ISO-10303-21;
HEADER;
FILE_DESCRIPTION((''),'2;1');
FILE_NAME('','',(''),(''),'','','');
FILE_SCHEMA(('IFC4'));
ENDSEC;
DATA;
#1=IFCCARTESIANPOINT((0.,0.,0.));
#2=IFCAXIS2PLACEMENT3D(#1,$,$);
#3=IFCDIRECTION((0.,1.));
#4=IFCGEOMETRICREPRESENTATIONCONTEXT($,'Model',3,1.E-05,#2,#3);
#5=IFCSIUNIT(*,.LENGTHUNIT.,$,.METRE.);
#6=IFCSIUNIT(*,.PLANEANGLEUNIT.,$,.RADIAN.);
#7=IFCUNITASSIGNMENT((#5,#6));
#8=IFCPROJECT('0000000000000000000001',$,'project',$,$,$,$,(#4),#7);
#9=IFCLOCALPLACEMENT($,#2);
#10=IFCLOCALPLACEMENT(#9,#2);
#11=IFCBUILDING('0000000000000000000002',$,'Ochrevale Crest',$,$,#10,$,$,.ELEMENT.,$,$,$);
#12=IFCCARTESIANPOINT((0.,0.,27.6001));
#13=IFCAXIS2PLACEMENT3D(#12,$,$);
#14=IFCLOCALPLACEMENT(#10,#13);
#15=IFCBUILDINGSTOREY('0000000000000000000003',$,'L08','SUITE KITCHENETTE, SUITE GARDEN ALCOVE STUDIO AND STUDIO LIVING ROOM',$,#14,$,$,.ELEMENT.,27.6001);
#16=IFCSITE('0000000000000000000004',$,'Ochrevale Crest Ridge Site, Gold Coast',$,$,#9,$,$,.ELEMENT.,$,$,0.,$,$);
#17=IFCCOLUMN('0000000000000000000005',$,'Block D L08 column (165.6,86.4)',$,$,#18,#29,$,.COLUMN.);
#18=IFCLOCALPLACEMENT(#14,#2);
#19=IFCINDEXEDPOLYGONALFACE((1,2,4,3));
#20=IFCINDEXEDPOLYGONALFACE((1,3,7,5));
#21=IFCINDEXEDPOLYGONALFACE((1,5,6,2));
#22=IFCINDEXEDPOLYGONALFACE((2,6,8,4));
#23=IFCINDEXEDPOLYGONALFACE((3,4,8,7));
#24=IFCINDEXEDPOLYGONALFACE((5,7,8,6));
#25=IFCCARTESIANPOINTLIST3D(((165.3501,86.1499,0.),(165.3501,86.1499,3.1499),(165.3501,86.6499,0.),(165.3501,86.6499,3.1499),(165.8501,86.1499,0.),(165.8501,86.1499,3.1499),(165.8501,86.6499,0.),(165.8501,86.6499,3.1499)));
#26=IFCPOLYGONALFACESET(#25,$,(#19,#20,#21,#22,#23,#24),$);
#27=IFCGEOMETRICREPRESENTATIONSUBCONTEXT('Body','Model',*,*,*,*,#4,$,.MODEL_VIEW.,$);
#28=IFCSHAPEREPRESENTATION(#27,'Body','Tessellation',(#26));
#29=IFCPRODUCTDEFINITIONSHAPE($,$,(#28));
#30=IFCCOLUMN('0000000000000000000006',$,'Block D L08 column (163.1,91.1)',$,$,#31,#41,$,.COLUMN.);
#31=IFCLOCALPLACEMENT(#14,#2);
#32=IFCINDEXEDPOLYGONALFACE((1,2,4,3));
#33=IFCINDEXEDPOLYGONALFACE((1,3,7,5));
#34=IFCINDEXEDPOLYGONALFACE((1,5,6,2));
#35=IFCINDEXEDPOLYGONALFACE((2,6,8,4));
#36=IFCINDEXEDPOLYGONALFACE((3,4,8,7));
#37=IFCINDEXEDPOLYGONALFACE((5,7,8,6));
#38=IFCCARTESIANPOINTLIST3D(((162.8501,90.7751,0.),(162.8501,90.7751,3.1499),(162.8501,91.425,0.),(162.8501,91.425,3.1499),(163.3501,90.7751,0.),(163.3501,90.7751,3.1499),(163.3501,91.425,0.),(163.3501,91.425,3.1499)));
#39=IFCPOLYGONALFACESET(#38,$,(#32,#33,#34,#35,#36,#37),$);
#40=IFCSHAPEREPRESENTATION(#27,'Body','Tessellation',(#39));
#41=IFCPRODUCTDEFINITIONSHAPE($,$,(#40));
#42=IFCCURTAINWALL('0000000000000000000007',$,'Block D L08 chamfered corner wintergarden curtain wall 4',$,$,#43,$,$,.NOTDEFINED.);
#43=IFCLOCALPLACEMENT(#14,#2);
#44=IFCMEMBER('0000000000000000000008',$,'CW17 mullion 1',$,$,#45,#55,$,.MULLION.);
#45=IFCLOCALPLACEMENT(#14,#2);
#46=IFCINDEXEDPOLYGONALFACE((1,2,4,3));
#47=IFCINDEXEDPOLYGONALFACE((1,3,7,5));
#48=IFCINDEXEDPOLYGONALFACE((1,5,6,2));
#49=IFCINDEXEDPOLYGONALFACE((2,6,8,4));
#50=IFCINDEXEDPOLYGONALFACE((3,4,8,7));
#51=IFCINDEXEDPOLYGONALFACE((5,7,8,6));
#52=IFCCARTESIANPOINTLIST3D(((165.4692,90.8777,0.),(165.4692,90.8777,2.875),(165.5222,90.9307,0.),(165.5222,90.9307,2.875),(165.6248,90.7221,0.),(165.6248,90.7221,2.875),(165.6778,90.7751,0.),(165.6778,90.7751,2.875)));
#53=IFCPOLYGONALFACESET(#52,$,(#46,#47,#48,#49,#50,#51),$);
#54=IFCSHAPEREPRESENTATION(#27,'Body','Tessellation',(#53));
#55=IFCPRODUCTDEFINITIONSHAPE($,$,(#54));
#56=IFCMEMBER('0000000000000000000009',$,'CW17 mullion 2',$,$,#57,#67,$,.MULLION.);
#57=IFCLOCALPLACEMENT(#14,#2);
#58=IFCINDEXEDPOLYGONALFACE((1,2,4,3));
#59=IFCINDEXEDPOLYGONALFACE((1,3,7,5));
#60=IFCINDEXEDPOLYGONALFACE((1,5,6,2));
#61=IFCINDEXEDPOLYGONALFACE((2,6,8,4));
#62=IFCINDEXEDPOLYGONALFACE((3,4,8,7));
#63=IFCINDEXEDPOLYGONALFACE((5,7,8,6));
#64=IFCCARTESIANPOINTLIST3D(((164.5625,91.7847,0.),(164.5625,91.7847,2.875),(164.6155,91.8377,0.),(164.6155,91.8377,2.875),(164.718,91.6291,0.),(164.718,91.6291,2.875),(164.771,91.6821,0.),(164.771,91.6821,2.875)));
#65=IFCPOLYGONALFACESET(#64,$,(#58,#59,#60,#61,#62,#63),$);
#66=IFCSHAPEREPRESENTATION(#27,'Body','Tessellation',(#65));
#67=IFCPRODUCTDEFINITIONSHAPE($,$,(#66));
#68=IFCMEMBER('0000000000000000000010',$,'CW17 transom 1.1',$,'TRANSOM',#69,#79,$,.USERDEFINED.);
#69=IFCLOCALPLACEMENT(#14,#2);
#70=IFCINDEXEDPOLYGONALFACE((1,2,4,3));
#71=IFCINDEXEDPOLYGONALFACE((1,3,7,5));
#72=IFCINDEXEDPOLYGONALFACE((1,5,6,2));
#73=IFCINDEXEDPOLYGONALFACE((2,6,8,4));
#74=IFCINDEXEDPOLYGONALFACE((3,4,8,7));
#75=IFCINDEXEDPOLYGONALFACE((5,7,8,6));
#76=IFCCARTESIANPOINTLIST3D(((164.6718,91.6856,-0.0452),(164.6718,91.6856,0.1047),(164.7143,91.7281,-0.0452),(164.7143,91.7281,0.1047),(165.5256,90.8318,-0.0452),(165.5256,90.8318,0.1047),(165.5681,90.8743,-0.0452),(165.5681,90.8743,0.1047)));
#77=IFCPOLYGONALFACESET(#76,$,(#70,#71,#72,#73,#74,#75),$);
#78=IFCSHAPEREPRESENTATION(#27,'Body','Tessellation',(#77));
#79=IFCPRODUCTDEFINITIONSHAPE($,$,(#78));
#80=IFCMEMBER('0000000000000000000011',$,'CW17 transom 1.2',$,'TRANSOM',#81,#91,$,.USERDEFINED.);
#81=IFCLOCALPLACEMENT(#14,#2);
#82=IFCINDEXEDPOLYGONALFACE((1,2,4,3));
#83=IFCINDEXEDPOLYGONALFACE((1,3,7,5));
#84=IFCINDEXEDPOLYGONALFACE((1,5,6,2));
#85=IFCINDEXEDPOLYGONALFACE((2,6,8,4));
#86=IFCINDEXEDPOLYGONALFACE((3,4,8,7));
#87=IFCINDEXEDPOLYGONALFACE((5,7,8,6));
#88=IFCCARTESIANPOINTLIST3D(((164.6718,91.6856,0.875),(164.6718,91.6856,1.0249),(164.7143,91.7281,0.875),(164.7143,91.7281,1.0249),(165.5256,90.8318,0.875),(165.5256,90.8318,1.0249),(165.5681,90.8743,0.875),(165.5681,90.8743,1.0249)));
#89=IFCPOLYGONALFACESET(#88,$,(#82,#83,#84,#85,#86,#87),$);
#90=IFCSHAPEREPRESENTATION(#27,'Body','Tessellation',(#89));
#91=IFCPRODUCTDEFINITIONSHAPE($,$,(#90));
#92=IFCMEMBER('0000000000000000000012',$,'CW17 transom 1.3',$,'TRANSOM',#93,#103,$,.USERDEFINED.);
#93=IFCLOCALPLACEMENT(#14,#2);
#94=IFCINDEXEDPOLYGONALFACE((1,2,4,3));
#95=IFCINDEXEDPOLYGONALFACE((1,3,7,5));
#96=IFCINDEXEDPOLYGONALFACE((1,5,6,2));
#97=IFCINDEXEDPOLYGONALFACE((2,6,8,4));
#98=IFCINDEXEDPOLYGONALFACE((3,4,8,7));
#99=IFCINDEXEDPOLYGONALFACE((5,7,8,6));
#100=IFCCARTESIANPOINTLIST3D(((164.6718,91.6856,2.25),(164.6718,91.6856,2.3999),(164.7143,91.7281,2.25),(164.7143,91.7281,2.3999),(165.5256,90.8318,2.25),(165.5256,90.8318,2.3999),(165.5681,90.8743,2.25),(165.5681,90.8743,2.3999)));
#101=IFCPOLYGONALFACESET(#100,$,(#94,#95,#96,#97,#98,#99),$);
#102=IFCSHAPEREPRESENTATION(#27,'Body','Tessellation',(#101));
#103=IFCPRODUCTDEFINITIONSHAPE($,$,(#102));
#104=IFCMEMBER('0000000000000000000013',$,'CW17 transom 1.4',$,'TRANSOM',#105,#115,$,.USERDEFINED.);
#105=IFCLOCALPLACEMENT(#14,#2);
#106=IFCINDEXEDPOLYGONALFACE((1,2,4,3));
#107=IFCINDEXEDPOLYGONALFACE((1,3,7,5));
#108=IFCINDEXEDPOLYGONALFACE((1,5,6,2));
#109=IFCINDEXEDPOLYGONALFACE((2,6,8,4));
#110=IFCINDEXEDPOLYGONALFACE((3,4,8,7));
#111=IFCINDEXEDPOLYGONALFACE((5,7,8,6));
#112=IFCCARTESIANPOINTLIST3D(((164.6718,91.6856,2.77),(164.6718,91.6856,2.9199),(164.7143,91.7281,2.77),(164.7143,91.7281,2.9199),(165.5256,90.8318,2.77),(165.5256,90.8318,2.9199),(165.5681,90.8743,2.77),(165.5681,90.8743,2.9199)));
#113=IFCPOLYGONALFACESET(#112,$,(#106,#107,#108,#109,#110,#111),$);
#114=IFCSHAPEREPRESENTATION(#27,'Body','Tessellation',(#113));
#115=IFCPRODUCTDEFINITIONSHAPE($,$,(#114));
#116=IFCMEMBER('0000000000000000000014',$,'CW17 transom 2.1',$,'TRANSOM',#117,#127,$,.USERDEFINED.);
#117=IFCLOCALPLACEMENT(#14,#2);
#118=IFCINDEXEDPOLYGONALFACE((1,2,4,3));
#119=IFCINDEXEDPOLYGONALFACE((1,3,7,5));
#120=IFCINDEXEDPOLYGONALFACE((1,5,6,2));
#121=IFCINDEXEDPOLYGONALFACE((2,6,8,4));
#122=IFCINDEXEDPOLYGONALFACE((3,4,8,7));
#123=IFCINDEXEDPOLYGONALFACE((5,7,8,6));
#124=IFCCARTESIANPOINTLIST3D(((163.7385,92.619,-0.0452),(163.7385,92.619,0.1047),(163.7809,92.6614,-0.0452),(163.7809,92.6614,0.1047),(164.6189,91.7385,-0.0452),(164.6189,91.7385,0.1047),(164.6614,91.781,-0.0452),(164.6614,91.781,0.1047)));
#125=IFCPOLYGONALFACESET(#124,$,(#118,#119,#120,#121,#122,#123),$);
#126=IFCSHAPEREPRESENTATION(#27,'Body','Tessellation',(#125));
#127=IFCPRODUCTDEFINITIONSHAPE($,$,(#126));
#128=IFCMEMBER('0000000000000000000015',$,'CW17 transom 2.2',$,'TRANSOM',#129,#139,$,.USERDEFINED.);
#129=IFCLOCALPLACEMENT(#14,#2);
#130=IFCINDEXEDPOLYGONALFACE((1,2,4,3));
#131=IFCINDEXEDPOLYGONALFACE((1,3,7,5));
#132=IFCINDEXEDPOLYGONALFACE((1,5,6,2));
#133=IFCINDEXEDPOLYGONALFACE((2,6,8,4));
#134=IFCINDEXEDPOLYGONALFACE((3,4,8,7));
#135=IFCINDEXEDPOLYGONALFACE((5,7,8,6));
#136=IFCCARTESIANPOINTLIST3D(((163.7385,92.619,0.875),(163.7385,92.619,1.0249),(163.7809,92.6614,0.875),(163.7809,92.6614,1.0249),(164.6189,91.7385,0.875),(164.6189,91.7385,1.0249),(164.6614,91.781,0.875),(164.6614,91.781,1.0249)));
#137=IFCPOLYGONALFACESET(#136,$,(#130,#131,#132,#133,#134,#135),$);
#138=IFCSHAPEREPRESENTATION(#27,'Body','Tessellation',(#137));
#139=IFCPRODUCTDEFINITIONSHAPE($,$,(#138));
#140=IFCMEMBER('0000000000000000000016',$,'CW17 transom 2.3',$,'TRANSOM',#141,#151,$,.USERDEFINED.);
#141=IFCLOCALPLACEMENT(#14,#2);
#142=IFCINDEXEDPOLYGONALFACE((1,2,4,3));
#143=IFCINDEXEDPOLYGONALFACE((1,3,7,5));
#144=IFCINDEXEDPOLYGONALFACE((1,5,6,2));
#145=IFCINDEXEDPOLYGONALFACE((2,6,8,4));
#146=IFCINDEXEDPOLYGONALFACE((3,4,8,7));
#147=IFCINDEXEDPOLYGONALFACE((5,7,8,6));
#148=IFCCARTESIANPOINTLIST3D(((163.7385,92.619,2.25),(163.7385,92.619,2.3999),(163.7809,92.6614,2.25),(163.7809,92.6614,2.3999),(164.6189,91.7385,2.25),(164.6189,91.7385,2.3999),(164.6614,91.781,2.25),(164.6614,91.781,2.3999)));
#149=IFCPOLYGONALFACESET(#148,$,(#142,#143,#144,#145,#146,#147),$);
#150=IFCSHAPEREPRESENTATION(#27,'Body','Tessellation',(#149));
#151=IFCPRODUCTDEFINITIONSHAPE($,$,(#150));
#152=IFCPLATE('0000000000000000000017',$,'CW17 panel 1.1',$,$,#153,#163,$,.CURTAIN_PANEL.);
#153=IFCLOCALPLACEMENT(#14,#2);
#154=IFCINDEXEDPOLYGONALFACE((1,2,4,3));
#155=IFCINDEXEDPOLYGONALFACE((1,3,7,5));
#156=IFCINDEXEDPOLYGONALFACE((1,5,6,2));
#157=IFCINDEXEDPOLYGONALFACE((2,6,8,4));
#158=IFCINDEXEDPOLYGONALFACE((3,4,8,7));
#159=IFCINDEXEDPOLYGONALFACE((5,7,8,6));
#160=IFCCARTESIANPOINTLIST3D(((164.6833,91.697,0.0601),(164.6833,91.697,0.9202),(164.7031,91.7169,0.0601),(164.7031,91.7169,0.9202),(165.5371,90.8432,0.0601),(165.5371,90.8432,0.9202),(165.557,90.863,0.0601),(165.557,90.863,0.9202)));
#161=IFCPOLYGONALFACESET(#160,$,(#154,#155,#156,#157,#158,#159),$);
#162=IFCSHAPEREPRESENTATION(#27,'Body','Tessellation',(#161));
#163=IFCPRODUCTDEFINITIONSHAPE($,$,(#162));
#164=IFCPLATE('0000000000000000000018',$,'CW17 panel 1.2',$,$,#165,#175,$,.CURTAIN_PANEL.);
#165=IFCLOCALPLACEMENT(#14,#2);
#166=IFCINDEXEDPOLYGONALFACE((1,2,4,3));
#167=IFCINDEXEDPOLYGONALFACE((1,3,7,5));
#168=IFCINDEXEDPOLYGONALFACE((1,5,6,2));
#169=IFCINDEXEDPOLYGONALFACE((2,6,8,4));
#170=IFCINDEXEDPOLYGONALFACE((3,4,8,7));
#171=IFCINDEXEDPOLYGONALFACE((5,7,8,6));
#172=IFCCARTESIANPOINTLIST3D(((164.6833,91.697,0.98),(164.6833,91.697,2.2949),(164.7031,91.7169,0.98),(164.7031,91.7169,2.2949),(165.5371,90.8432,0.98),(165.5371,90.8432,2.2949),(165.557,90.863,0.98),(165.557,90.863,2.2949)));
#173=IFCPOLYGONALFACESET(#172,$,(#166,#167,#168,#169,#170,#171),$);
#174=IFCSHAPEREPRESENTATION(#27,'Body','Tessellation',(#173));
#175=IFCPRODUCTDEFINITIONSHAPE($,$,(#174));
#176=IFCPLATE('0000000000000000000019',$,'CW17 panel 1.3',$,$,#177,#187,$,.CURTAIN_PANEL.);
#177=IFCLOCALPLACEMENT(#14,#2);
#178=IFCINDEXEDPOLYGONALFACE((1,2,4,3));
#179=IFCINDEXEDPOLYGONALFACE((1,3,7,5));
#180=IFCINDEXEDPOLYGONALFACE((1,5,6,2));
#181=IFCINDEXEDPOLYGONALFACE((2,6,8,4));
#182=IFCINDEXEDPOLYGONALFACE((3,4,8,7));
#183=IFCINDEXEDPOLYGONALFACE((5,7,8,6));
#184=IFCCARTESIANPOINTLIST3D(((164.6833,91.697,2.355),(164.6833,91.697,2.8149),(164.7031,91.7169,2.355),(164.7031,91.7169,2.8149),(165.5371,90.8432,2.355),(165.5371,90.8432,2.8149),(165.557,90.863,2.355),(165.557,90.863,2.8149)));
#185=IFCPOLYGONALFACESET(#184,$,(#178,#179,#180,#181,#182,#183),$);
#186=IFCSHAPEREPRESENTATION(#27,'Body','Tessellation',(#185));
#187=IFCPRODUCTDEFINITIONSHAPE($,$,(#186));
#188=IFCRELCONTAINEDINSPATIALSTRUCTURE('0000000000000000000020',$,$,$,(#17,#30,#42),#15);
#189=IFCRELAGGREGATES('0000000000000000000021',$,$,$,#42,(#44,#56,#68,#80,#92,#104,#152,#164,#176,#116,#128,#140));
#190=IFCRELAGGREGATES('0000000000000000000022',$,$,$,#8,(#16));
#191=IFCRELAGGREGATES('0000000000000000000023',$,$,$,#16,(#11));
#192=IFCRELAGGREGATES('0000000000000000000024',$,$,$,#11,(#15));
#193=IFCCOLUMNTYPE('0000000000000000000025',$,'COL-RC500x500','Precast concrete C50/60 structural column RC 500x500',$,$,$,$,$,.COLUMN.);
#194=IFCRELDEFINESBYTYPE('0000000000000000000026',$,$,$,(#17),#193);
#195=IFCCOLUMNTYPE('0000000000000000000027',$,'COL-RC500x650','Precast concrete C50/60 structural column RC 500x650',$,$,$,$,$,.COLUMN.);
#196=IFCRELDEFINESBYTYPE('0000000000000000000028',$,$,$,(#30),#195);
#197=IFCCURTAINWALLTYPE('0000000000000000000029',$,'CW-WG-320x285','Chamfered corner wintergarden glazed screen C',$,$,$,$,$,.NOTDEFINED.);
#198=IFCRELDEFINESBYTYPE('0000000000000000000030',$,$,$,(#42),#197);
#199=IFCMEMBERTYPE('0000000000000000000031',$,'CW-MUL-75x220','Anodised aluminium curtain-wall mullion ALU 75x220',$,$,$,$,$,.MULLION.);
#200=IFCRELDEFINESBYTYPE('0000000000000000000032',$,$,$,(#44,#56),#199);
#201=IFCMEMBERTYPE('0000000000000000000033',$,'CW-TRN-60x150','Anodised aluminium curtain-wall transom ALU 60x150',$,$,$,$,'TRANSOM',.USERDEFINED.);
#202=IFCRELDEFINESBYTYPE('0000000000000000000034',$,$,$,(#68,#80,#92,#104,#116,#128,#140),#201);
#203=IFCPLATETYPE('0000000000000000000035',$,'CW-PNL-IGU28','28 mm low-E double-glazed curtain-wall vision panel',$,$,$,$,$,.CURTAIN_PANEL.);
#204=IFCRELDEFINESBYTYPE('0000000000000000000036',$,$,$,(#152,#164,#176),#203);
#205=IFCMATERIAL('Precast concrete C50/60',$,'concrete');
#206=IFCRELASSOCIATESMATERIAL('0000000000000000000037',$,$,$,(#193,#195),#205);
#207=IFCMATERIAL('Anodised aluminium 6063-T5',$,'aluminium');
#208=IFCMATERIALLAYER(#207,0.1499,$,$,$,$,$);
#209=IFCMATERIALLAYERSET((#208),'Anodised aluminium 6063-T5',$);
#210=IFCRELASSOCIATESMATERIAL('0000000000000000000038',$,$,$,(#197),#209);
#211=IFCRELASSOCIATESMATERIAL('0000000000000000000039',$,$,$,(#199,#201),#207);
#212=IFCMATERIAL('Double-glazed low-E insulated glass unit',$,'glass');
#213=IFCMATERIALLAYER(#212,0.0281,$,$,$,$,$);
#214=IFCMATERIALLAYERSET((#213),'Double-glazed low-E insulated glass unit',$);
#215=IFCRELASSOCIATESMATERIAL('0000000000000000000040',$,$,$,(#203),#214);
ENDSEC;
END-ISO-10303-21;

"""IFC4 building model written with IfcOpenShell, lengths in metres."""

from ifc_helpers import new_model, si_unit, direction, frame, origin, origin_2d, place, context, subcontext, project, spatial, rectangle, extrude, material, layer, layer_set, material_profile, profile_set, type_object, element, aggregate, save


model = new_model("IFC4")

# Units and contexts
model_context = context("Model", 3, precision=1e-05, world=origin(), true_north=direction((0.0, 1.0)))
body_context = subcontext(model_context, "Body", "Model", "MODEL_VIEW")
ifc_project = project(units=[si_unit("LENGTHUNIT", "METRE"), si_unit("PLANEANGLEUNIT", "RADIAN")], contexts=[model_context])

# Site, building, storey
site_placement = place(None, origin())
site = spatial("IfcSite", under=ifc_project, at=site_placement, Name="Ochrevale Crest Ridge Site, Gold Coast", CompositionType="ELEMENT", RefElevation=0.0)
building_placement = place(site_placement, origin())
building = spatial("IfcBuilding", under=site, at=building_placement, Name="Ochrevale Crest", CompositionType="ELEMENT")
storey_placement = place(building_placement, frame((0.0, 0.0, 27.6001)))
storey = spatial("IfcBuildingStorey", under=building, at=storey_placement, Name="L08", Description="SUITE KITCHENETTE, SUITE GARDEN ALCOVE STUDIO AND STUDIO LIVING ROOM", CompositionType="ELEMENT", Elevation=27.6001)

# Columns
ifc_material_1 = material(Name="Precast concrete C50/60", Category="concrete")
ifc_material_profile_1 = material_profile(ifc_material_1, rectangle(XDim=0.5, YDim=0.5, at=origin_2d()), Name="RC 500x500")
ifc_profile_set_1 = profile_set([ifc_material_profile_1], Name="Precast concrete C50/60")
column_type_1 = type_object("IfcColumnType", Name="COL-RC500x500", Description="Precast concrete C50/60 structural column RC 500x500", PredefinedType="COLUMN", material=ifc_profile_set_1)
column_1_placement = place(storey_placement, frame((165.6001, 86.3999, 0.0), z_axis=(0.0, 0.0, 1.0), x_axis=(1.0, 0.0, 0.0)))
element("IfcColumn", 1, at=column_1_placement, inside=storey, type_object=column_type_1, Name="Block D L08 column (165.6,86.4)", PredefinedType="COLUMN", context=body_context, shape_type="SweptSolid", body=[
    extrude(rectangle(XDim=0.5, YDim=0.5, at=origin_2d()), origin(), (0.0, 0.0, 1.0), 3.1499),
])
ifc_material_profile_2 = material_profile(ifc_material_1, rectangle(XDim=0.5, YDim=0.6499, at=origin_2d()), Name="RC 500x650")
ifc_profile_set_2 = profile_set([ifc_material_profile_2], Name="Precast concrete C50/60")
column_type_2 = type_object("IfcColumnType", Name="COL-RC500x650", Description="Precast concrete C50/60 structural column RC 500x650", PredefinedType="COLUMN", material=ifc_profile_set_2)
column_2_placement = place(storey_placement, frame((163.1001, 91.1001, 0.0), z_axis=(0.0, 0.0, 1.0), x_axis=(1.0, 0.0, 0.0)))
element("IfcColumn", 2, at=column_2_placement, inside=storey, type_object=column_type_2, Name="Block D L08 column (163.1,91.1)", PredefinedType="COLUMN", context=body_context, shape_type="SweptSolid", body=[
    extrude(rectangle(XDim=0.5, YDim=0.6499, at=origin_2d()), origin(), (0.0, 0.0, 1.0), 3.1499),
])

# Curtain wall, members, plates
ifc_material_2 = material(Name="Anodised aluminium 6063-T5", Category="aluminium")
ifc_layer_1 = layer(ifc_material_2, 0.1499)
ifc_layer_set_1 = layer_set([ifc_layer_1], Name="Anodised aluminium 6063-T5")
curtain_wall_type = type_object("IfcCurtainWallType", Name="CW-WG-320x285", Description="Chamfered corner wintergarden glazed screen C", PredefinedType="NOTDEFINED", material=ifc_layer_set_1)
curtain_wall_placement = place(storey_placement, origin())
curtain_wall = element("IfcCurtainWall", 3, at=curtain_wall_placement, inside=storey, type_object=curtain_wall_type, Name="Block D L08 chamfered corner wintergarden curtain wall 4", PredefinedType="NOTDEFINED")
ifc_material_profile_3 = material_profile(ifc_material_2, rectangle(XDim=0.075, YDim=0.22, at=origin_2d()), Name="ALU 75x220")
ifc_profile_set_3 = profile_set([ifc_material_profile_3], Name="Anodised aluminium 6063-T5")
member_type_1 = type_object("IfcMemberType", Name="CW-MUL-75x220", Description="Anodised aluminium curtain-wall mullion ALU 75x220", PredefinedType="MULLION", material=ifc_profile_set_3)
member_1_placement = place(storey_placement, frame((165.5735, 90.8264, 0.0), z_axis=(0.0, 0.0, 1.0), x_axis=(-0.707107, -0.707107, 0.0)))
member_1 = element("IfcMember", 4, at=member_1_placement, type_object=member_type_1, Name="CW17 mullion 1", PredefinedType="MULLION", context=body_context, shape_type="SweptSolid", body=[
    extrude(rectangle(XDim=0.075, YDim=0.22, at=origin_2d()), origin(), (0.0, 0.0, 1.0), 2.875),
])
member_2_placement = place(storey_placement, frame((164.6667, 91.7334, 0.0), z_axis=(0.0, 0.0, 1.0), x_axis=(-0.707107, -0.707107, 0.0)))
member_2 = element("IfcMember", 5, at=member_2_placement, type_object=member_type_1, Name="CW17 mullion 2", PredefinedType="MULLION", context=body_context, shape_type="SweptSolid", body=[
    extrude(rectangle(XDim=0.075, YDim=0.22, at=origin_2d()), origin(), (0.0, 0.0, 1.0), 2.875),
])
ifc_material_profile_4 = material_profile(ifc_material_2, rectangle(XDim=0.0601, YDim=0.1499, at=origin_2d()), Name="ALU 60x150")
ifc_profile_set_4 = profile_set([ifc_material_profile_4], Name="Anodised aluminium 6063-T5")
member_type_2 = type_object("IfcMemberType", Name="CW-TRN-60x150", Description="Anodised aluminium curtain-wall transom ALU 60x150", ElementType="TRANSOM", PredefinedType="USERDEFINED", material=ifc_profile_set_4)
member_3_placement = place(storey_placement, frame((165.5469, 90.853, 0.0298), z_axis=(-0.707107, 0.707107, 0.0), x_axis=(-0.707107, -0.707107, 0.0)))
member_3 = element("IfcMember", 6, at=member_3_placement, type_object=member_type_2, Name="CW17 transom 1.1", ObjectType="TRANSOM", PredefinedType="USERDEFINED", context=body_context, shape_type="SweptSolid", body=[
    extrude(rectangle(XDim=0.0601, YDim=0.1499, at=origin_2d()), origin(), (0.0, 0.0, 1.0), 1.2075),
])
member_4_placement = place(storey_placement, frame((165.5469, 90.853, 0.95), z_axis=(-0.707107, 0.707107, 0.0), x_axis=(-0.707107, -0.707107, 0.0)))
member_4 = element("IfcMember", 7, at=member_4_placement, type_object=member_type_2, Name="CW17 transom 1.2", ObjectType="TRANSOM", PredefinedType="USERDEFINED", context=body_context, shape_type="SweptSolid", body=[
    extrude(rectangle(XDim=0.0601, YDim=0.1499, at=origin_2d()), origin(), (0.0, 0.0, 1.0), 1.2075),
])
member_5_placement = place(storey_placement, frame((165.5469, 90.853, 2.325), z_axis=(-0.707107, 0.707107, 0.0), x_axis=(-0.707107, -0.707107, 0.0)))
member_5 = element("IfcMember", 8, at=member_5_placement, type_object=member_type_2, Name="CW17 transom 1.3", ObjectType="TRANSOM", PredefinedType="USERDEFINED", context=body_context, shape_type="SweptSolid", body=[
    extrude(rectangle(XDim=0.0601, YDim=0.1499, at=origin_2d()), origin(), (0.0, 0.0, 1.0), 1.2075),
])
member_6_placement = place(storey_placement, frame((165.5469, 90.853, 2.845), z_axis=(-0.707107, 0.707107, 0.0), x_axis=(-0.707107, -0.707107, 0.0)))
member_6 = element("IfcMember", 9, at=member_6_placement, type_object=member_type_2, Name="CW17 transom 1.4", ObjectType="TRANSOM", PredefinedType="USERDEFINED", context=body_context, shape_type="SweptSolid", body=[
    extrude(rectangle(XDim=0.0601, YDim=0.1499, at=origin_2d()), origin(), (0.0, 0.0, 1.0), 1.2075),
])
member_7_placement = place(storey_placement, frame((164.6401, 91.7598, 0.0298), z_axis=(-0.707107, 0.707107, 0.0), x_axis=(-0.707107, -0.707107, 0.0)))
member_7 = element("IfcMember", 10, at=member_7_placement, type_object=member_type_2, Name="CW17 transom 2.1", ObjectType="TRANSOM", PredefinedType="USERDEFINED", context=body_context, shape_type="SweptSolid", body=[
    extrude(rectangle(XDim=0.0601, YDim=0.1499, at=origin_2d()), origin(), (0.0, 0.0, 1.0), 1.2451),
])
member_8_placement = place(storey_placement, frame((164.6401, 91.7598, 0.95), z_axis=(-0.707107, 0.707107, 0.0), x_axis=(-0.707107, -0.707107, 0.0)))
member_8 = element("IfcMember", 11, at=member_8_placement, type_object=member_type_2, Name="CW17 transom 2.2", ObjectType="TRANSOM", PredefinedType="USERDEFINED", context=body_context, shape_type="SweptSolid", body=[
    extrude(rectangle(XDim=0.0601, YDim=0.1499, at=origin_2d()), origin(), (0.0, 0.0, 1.0), 1.2451),
])
member_9_placement = place(storey_placement, frame((164.6401, 91.7598, 2.325), z_axis=(-0.707107, 0.707107, 0.0), x_axis=(-0.707107, -0.707107, 0.0)))
member_9 = element("IfcMember", 12, at=member_9_placement, type_object=member_type_2, Name="CW17 transom 2.3", ObjectType="TRANSOM", PredefinedType="USERDEFINED", context=body_context, shape_type="SweptSolid", body=[
    extrude(rectangle(XDim=0.0601, YDim=0.1499, at=origin_2d()), origin(), (0.0, 0.0, 1.0), 1.2451),
])
ifc_material_3 = material(Name="Double-glazed low-E insulated glass unit", Category="glass")
ifc_layer_2 = layer(ifc_material_3, 0.0281)
ifc_layer_set_2 = layer_set([ifc_layer_2], Name="Double-glazed low-E insulated glass unit")
plate_type = type_object("IfcPlateType", Name="CW-PNL-IGU28", Description="28 mm low-E double-glazed curtain-wall vision panel", PredefinedType="CURTAIN_PANEL", material=ifc_layer_set_2)
plate_1_placement = place(storey_placement, frame((165.1201, 91.28, 0.0601), z_axis=(0.0, 0.0, 1.0), x_axis=(-0.707107, 0.707107, 0.0)))
plate_1 = element("IfcPlate", 13, at=plate_1_placement, type_object=plate_type, Name="CW17 panel 1.1", PredefinedType="CURTAIN_PANEL", context=body_context, shape_type="SweptSolid", body=[
    extrude(rectangle(XDim=1.2075, YDim=0.0281, at=origin_2d()), origin(), (0.0, 0.0, 1.0), 0.8601),
])
plate_2_placement = place(storey_placement, frame((165.1201, 91.28, 0.98), z_axis=(0.0, 0.0, 1.0), x_axis=(-0.707107, 0.707107, 0.0)))
plate_2 = element("IfcPlate", 14, at=plate_2_placement, type_object=plate_type, Name="CW17 panel 1.2", PredefinedType="CURTAIN_PANEL", context=body_context, shape_type="SweptSolid", body=[
    extrude(rectangle(XDim=1.2075, YDim=0.0281, at=origin_2d()), origin(), (0.0, 0.0, 1.0), 1.3149),
])
plate_3_placement = place(storey_placement, frame((165.1201, 91.28, 2.355), z_axis=(0.0, 0.0, 1.0), x_axis=(-0.707107, 0.707107, 0.0)))
plate_3 = element("IfcPlate", 15, at=plate_3_placement, type_object=plate_type, Name="CW17 panel 1.3", PredefinedType="CURTAIN_PANEL", context=body_context, shape_type="SweptSolid", body=[
    extrude(rectangle(XDim=1.2075, YDim=0.0281, at=origin_2d()), origin(), (0.0, 0.0, 1.0), 0.46),
])
aggregate(curtain_wall, [member_1, member_2, member_3, member_4, member_5, member_6, plate_1, plate_2, plate_3, member_7, member_8, member_9])

save(model, "model.ifc")
